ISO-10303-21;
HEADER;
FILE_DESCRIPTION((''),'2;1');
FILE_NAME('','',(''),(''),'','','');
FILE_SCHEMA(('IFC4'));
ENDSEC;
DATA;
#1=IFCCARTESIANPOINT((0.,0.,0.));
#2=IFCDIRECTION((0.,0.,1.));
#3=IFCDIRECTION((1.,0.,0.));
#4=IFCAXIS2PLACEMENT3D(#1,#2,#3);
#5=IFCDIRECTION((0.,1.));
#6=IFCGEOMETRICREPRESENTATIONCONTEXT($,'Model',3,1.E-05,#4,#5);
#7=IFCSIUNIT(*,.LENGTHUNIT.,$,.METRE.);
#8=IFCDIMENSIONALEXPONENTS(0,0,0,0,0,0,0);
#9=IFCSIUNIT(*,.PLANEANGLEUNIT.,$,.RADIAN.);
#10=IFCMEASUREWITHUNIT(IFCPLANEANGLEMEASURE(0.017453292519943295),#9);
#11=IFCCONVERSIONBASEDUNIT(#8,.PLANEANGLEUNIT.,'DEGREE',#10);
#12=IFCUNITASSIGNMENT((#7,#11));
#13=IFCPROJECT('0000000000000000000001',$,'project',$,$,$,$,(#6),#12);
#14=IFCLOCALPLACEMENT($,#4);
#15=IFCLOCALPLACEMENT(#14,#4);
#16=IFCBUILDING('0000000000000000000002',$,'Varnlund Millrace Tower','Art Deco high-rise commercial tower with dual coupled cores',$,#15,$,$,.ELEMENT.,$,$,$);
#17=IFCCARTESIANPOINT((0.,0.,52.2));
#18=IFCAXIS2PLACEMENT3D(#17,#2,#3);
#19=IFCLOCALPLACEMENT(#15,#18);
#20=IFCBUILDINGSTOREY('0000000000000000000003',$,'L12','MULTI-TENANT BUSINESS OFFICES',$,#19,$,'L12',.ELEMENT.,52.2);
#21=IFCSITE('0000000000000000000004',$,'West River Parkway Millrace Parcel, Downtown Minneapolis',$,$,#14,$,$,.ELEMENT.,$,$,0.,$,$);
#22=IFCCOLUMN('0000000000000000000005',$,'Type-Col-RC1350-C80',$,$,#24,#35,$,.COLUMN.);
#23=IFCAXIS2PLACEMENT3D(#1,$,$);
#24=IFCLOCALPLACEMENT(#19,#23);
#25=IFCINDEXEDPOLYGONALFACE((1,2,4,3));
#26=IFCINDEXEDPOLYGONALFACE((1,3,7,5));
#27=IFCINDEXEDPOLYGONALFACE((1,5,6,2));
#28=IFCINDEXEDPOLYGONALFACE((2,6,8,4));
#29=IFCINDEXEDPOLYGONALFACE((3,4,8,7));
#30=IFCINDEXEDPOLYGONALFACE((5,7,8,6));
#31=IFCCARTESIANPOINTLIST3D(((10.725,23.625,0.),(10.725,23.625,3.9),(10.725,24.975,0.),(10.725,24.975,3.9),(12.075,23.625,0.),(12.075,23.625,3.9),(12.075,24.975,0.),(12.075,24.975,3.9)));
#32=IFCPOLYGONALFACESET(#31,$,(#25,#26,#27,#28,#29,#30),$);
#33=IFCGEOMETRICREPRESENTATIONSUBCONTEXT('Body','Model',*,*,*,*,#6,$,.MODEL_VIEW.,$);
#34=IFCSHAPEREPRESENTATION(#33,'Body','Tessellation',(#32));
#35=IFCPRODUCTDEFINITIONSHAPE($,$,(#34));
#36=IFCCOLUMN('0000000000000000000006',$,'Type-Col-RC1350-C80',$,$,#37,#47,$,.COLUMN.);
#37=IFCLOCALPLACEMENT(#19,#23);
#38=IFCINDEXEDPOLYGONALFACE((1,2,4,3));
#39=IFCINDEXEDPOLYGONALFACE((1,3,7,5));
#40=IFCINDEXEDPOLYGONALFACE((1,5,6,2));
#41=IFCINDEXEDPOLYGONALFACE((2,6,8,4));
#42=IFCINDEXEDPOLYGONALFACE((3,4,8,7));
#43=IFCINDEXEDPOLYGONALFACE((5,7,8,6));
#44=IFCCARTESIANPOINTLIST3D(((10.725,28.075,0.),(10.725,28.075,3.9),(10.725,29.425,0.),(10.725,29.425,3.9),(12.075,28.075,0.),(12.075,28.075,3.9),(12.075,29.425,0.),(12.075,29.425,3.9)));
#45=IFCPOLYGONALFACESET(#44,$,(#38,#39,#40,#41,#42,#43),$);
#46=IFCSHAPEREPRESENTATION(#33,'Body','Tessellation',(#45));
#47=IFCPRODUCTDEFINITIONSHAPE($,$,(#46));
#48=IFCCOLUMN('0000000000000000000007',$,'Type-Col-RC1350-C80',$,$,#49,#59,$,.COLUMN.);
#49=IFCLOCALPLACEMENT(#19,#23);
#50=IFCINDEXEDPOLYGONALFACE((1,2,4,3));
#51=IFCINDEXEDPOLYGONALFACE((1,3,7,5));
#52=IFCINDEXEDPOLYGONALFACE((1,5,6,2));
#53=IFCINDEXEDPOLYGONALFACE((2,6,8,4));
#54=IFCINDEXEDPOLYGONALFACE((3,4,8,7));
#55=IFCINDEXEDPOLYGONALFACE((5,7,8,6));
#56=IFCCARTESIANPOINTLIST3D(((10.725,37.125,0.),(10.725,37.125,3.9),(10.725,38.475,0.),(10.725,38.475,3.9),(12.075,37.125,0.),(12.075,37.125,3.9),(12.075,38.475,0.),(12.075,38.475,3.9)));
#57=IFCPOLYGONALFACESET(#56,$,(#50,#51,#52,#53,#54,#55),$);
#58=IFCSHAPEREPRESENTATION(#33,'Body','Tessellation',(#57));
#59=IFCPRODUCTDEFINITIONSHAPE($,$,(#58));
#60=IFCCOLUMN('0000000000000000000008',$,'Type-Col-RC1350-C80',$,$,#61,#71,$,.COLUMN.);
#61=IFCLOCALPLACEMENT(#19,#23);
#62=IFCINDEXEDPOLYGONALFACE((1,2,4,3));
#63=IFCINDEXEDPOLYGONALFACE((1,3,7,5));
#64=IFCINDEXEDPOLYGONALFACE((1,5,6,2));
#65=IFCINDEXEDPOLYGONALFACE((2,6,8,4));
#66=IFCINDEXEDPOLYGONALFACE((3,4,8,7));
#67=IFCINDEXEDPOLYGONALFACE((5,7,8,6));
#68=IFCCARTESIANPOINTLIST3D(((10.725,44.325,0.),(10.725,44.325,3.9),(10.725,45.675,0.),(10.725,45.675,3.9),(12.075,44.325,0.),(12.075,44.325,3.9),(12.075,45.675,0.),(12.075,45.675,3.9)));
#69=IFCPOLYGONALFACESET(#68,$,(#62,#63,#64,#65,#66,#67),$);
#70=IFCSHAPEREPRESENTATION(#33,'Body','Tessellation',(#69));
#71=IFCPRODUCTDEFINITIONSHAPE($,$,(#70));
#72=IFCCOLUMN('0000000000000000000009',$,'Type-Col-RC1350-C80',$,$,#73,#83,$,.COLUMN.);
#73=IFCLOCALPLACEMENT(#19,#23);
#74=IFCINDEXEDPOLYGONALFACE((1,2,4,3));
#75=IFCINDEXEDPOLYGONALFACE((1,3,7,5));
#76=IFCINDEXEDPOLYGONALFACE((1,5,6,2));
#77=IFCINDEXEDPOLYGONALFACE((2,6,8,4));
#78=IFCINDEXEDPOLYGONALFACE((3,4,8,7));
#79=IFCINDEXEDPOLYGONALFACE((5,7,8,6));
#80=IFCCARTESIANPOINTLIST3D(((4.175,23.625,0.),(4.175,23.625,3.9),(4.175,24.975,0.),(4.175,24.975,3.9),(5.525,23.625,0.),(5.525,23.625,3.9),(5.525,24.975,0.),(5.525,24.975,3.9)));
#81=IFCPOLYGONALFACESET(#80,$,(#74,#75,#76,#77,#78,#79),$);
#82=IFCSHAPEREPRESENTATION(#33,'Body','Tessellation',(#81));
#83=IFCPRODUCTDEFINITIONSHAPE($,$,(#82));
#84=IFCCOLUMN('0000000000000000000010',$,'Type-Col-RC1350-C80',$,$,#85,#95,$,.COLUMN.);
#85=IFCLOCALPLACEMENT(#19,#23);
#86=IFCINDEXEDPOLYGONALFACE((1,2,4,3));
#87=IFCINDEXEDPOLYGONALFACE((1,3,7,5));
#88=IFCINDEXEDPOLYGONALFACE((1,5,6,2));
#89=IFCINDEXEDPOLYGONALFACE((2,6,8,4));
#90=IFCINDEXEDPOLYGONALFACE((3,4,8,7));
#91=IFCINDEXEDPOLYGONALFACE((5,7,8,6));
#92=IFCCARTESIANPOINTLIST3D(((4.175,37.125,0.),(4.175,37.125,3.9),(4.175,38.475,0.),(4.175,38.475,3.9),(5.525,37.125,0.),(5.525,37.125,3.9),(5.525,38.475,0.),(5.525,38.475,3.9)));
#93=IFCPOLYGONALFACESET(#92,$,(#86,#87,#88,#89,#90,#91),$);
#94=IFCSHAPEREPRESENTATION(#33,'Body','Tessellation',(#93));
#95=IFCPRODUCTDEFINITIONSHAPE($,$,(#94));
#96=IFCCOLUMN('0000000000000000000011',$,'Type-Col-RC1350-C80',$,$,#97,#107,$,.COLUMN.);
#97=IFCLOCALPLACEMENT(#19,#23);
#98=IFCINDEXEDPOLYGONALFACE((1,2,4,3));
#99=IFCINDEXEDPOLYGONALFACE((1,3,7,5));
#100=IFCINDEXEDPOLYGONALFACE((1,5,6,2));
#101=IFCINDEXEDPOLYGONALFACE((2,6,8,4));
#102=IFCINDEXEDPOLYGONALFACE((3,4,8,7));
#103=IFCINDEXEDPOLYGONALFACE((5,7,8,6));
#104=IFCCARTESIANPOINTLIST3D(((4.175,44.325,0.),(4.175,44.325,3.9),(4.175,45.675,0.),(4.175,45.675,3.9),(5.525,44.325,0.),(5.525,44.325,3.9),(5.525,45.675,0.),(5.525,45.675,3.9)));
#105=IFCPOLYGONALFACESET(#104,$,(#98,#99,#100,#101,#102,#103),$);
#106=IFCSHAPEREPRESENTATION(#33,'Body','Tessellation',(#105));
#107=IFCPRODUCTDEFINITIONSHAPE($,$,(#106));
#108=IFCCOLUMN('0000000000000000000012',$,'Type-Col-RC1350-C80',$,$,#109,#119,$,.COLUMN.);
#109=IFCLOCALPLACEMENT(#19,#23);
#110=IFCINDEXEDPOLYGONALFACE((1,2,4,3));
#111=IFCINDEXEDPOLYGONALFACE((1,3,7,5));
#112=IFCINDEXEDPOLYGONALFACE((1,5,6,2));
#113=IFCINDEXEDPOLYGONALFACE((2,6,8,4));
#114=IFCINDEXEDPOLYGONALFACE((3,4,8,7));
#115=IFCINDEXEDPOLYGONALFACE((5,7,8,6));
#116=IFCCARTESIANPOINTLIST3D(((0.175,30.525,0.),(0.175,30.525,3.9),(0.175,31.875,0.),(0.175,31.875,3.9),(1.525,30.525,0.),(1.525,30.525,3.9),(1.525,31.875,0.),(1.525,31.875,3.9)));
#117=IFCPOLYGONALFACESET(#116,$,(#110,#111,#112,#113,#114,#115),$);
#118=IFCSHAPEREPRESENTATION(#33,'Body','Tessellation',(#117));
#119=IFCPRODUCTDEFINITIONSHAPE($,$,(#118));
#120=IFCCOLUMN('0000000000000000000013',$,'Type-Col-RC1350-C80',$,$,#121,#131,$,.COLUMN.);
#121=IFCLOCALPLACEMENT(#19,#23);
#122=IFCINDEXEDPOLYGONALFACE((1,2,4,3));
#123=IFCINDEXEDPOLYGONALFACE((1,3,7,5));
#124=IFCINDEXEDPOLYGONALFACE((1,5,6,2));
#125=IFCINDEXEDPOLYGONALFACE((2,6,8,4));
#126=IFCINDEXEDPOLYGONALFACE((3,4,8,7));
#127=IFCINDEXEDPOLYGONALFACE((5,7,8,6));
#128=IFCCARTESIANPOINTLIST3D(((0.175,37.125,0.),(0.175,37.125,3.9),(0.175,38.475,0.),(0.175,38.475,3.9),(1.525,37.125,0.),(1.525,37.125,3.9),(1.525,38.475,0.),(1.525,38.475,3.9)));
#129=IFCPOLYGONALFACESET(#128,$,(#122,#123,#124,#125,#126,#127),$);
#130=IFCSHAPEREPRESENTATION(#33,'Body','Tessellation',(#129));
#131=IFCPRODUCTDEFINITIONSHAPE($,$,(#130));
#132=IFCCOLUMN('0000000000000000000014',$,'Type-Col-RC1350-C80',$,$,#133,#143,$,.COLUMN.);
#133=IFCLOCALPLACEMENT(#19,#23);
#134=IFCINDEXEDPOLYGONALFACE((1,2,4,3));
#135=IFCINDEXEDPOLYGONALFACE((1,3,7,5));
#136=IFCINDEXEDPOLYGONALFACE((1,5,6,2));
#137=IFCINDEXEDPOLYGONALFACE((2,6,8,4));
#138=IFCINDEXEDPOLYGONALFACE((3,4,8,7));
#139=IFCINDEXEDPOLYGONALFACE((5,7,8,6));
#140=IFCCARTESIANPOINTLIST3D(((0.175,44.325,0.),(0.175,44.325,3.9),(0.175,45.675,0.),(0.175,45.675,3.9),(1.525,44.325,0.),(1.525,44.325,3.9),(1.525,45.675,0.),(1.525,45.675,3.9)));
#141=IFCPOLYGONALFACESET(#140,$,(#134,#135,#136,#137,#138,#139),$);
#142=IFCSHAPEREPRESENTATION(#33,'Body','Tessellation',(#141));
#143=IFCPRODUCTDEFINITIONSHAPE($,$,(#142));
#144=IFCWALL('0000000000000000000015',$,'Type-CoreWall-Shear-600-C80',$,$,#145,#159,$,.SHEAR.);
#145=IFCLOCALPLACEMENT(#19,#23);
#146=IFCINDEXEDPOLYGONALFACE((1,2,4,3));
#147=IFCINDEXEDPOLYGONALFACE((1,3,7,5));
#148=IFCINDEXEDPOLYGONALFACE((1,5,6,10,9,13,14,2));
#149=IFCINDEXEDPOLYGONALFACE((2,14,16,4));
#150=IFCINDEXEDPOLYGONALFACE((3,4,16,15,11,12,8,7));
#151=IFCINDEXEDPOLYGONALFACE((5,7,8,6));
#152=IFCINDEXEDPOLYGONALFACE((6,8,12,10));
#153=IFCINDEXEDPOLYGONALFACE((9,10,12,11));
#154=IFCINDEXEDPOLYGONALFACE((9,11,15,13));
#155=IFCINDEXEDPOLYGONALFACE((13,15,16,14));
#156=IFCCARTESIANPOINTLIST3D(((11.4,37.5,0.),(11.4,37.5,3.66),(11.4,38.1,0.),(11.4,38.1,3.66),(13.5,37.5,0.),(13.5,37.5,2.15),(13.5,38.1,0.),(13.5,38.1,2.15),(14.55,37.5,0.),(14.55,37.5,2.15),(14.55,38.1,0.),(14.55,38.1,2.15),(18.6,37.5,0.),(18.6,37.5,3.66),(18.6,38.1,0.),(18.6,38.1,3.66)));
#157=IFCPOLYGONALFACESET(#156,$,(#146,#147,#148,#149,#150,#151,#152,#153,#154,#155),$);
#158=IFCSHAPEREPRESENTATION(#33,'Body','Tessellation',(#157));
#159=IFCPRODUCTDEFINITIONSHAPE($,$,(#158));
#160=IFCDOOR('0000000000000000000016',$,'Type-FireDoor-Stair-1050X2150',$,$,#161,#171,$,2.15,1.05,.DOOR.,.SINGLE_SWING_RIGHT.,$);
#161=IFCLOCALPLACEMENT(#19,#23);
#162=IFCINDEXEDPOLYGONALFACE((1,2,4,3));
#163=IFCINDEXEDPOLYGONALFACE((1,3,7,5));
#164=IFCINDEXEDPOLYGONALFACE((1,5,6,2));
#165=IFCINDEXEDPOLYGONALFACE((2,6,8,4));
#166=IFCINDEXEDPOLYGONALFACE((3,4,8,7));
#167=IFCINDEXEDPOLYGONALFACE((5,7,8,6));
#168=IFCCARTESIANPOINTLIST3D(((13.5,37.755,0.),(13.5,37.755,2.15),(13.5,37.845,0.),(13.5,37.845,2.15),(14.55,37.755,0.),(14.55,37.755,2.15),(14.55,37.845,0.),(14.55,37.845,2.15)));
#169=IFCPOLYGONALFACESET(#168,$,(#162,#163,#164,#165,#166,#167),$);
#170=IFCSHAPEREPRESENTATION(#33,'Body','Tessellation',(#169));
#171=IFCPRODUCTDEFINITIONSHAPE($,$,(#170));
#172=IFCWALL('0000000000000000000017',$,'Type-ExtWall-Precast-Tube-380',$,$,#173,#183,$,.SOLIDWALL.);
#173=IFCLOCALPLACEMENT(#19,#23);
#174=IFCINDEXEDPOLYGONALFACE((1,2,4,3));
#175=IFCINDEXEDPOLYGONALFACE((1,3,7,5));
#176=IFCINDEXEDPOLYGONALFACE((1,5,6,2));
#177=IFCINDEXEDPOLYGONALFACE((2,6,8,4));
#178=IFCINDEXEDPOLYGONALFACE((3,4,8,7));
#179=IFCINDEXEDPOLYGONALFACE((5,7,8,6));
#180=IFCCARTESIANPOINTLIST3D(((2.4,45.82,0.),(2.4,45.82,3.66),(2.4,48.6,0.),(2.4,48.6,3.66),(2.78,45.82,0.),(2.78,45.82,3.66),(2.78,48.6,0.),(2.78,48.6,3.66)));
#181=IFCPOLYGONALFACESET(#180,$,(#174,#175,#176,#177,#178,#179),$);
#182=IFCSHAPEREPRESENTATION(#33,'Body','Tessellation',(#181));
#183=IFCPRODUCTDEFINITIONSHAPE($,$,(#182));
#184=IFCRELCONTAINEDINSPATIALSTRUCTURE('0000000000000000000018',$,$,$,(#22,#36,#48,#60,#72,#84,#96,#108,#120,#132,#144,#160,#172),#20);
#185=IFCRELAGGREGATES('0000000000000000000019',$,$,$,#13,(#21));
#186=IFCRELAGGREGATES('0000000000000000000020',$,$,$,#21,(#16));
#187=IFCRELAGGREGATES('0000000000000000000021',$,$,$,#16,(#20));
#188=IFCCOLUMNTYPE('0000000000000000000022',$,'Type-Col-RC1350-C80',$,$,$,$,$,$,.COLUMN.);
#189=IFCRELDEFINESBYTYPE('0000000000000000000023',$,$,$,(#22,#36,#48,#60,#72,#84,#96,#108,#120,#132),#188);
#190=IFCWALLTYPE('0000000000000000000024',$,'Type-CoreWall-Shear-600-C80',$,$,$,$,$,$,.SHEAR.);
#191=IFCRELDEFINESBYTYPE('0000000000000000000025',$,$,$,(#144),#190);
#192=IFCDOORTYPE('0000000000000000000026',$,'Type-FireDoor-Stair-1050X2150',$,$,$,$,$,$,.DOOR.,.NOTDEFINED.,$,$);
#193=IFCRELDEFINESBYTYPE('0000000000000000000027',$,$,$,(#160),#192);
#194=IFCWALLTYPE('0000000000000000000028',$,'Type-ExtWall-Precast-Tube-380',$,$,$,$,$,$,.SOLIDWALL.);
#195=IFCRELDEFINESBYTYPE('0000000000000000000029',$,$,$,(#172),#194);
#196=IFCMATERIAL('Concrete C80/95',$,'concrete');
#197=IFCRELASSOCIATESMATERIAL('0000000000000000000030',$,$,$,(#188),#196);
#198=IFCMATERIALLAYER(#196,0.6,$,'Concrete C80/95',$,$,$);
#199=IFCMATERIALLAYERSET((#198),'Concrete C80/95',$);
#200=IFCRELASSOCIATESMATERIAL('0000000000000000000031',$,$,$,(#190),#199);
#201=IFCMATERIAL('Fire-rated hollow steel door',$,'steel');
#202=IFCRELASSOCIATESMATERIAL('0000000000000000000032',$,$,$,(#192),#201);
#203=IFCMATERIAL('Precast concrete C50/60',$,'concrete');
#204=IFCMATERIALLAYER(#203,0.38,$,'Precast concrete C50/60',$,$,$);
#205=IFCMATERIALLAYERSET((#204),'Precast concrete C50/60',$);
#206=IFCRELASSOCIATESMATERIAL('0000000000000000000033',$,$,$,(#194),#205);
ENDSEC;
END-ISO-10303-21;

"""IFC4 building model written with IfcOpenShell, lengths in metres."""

from ifc_helpers import new_model, entity, si_unit, converted_unit, direction, frame, origin_with_axes, origin_2d_with_axis, place, context, subcontext, project, spatial, polyline, rectangle, outline, extrude, material, layer, layer_set, material_profile, profile_set, type_object, element, fill, save


model = new_model("IFC4")

# Units and contexts
model_context = context("Model", 3, precision=1e-05, world=origin_with_axes(), true_north=direction((0.0, 1.0)))
body_context = subcontext(model_context, "Body", "Model", "MODEL_VIEW")
ifc_project = project(units=[si_unit("LENGTHUNIT", "METRE"), converted_unit("PLANEANGLEUNIT", "DEGREE", entity("IfcPlaneAngleMeasure", 0.017453292519943295), si_unit("PLANEANGLEUNIT", "RADIAN"), dimensions=[0, 0, 0, 0, 0, 0, 0])], contexts=[model_context])

# Site, building, storey
site_placement = place(None, origin_with_axes())
site = spatial("IfcSite", under=ifc_project, at=site_placement, Name="West River Parkway Millrace Parcel, Downtown Minneapolis", CompositionType="ELEMENT", RefElevation=0.0)
building_placement = place(site_placement, origin_with_axes())
building = spatial("IfcBuilding", under=site, at=building_placement, Name="Varnlund Millrace Tower", Description="Art Deco high-rise commercial tower with dual coupled cores", CompositionType="ELEMENT")
storey_placement = place(building_placement, frame((0.0, 0.0, 52.2), z_axis=(0.0, 0.0, 1.0), x_axis=(1.0, 0.0, 0.0)))
storey = spatial("IfcBuildingStorey", under=building, at=storey_placement, Name="L12", Description="MULTI-TENANT BUSINESS OFFICES", LongName="L12", CompositionType="ELEMENT", Elevation=52.2)

# Columns
ifc_material_1 = material(Name="Concrete C80/95", Category="concrete")
ifc_material_profile = material_profile(ifc_material_1, rectangle(XDim=1.35, YDim=1.35, at=origin_2d_with_axis()), Name="Concrete C80/95")
ifc_profile_set = profile_set([ifc_material_profile], Name="Concrete C80/95")
column_type = type_object("IfcColumnType", Name="Type-Col-RC1350-C80", PredefinedType="COLUMN", material=ifc_profile_set)
for number, where, z_axis, x_axis, name in (
    (1, (11.4, 24.3, 0.0), (0.0, 0.0, 1.0), (1.0, 0.0, 0.0), "Type-Col-RC1350-C80"),
    (2, (11.4, 28.75, 0.0), (0.0, 0.0, 1.0), (1.0, 0.0, 0.0), "Type-Col-RC1350-C80"),
    (3, (11.4, 37.8, 0.0), (0.0, 0.0, 1.0), (1.0, 0.0, 0.0), "Type-Col-RC1350-C80"),
    (4, (11.4, 45.0, 0.0), (0.0, 0.0, 1.0), (1.0, 0.0, 0.0), "Type-Col-RC1350-C80"),
    (5, (4.85, 24.3, 0.0), (0.0, 0.0, 1.0), (1.0, 0.0, 0.0), "Type-Col-RC1350-C80"),
    (6, (4.85, 37.8, 0.0), (0.0, 0.0, 1.0), (1.0, 0.0, 0.0), "Type-Col-RC1350-C80"),
    (7, (4.85, 45.0, 0.0), (0.0, 0.0, 1.0), (1.0, 0.0, 0.0), "Type-Col-RC1350-C80"),
    (8, (0.85, 31.2, 0.0), (0.0, 0.0, 1.0), (1.0, 0.0, 0.0), "Type-Col-RC1350-C80"),
    (9, (0.85, 37.8, 0.0), (0.0, 0.0, 1.0), (1.0, 0.0, 0.0), "Type-Col-RC1350-C80"),
    (10, (0.85, 45.0, 0.0), (0.0, 0.0, 1.0), (1.0, 0.0, 0.0), "Type-Col-RC1350-C80"),
):
    element("IfcColumn", number, at=place(storey_placement, frame(where, z_axis=z_axis, x_axis=x_axis)), inside=storey, type_object=column_type, Name=name, PredefinedType="COLUMN", context=body_context, shape_type="SweptSolid", body=[
        extrude(rectangle(XDim=1.35, YDim=1.35, at=origin_2d_with_axis()), origin_with_axes(), (0.0, 0.0, 1.0), 3.9),
    ])

# Wall, opening, door
ifc_layer_1 = layer(ifc_material_1, 0.6, Name="Concrete C80/95")
ifc_layer_set_1 = layer_set([ifc_layer_1], Name="Concrete C80/95")
wall_type_1 = type_object("IfcWallType", Name="Type-CoreWall-Shear-600-C80", PredefinedType="SHEAR", material=ifc_layer_set_1)
wall_1_placement = place(storey_placement, frame((11.4, 37.8, 0.0), z_axis=(0.0, 0.0, 1.0), x_axis=(1.0, 0.0, 0.0)))
wall_1 = element("IfcWall", 11, at=wall_1_placement, inside=storey, type_object=wall_type_1, Name="Type-CoreWall-Shear-600-C80", PredefinedType="SHEAR", context=body_context, shape_type="SweptSolid", body=[
    extrude(outline(polyline([(0.0, -0.3), (7.2, -0.3), (7.2, 0.3), (0.0, 0.3), (0.0, -0.3)])), origin_with_axes(), (0.0, 0.0, 1.0), 3.66),
])
opening_1_placement = place(wall_1_placement, frame((2.625, 0.0, 0.0), z_axis=(0.0, 0.0, 1.0), x_axis=(1.0, 0.0, 0.0)))
opening_1 = element("IfcOpeningElement", 12, at=opening_1_placement, cuts=wall_1, PredefinedType="OPENING", context=body_context, shape_type="SweptSolid", body=[
    extrude(rectangle(XDim=1.05, YDim=0.62, at=origin_2d_with_axis()), origin_with_axes(), (0.0, 0.0, 1.0), 2.15),
])
ifc_material_2 = material(Name="Fire-rated hollow steel door", Category="steel")
door_type_1 = type_object("IfcDoorType", Name="Type-FireDoor-Stair-1050X2150", OperationType="NOTDEFINED", PredefinedType="DOOR", material=ifc_material_2)
door_1_placement = place(wall_1_placement, frame((2.625, 0.0, 0.0), z_axis=(0.0, 0.0, 1.0), x_axis=(1.0, 0.0, 0.0)))
door_1 = element("IfcDoor", 13, at=door_1_placement, inside=storey, type_object=door_type_1, Name="Type-FireDoor-Stair-1050X2150", OperationType="SINGLE_SWING_RIGHT", OverallHeight=2.15, OverallWidth=1.05, PredefinedType="DOOR", context=body_context, shape_type="SweptSolid", body=[
    extrude(rectangle(XDim=1.05, YDim=0.09, at=origin_2d_with_axis()), origin_with_axes(), (0.0, 0.0, 1.0), 2.15),
])
fill(opening_1, door_1)

# Wall
ifc_material_3 = material(Name="Precast concrete C50/60", Category="concrete")
ifc_layer_2 = layer(ifc_material_3, 0.38, Name="Precast concrete C50/60")
ifc_layer_set_2 = layer_set([ifc_layer_2], Name="Precast concrete C50/60")
wall_type_2 = type_object("IfcWallType", Name="Type-ExtWall-Precast-Tube-380", PredefinedType="SOLIDWALL", material=ifc_layer_set_2)
wall_2_placement = place(storey_placement, frame((2.59, 45.82, 0.0), z_axis=(0.0, 0.0, 1.0), x_axis=(0.0, 1.0, 0.0)))
element("IfcWall", 14, at=wall_2_placement, inside=storey, type_object=wall_type_2, Name="Type-ExtWall-Precast-Tube-380", PredefinedType="SOLIDWALL", context=body_context, shape_type="SweptSolid", body=[
    extrude(outline(polyline([(0.0, -0.19), (2.78, -0.19), (2.78, 0.19), (0.0, 0.19), (0.0, -0.19)])), origin_with_axes(), (0.0, 0.0, 1.0), 3.66),
])

save(model, "model.ifc")
